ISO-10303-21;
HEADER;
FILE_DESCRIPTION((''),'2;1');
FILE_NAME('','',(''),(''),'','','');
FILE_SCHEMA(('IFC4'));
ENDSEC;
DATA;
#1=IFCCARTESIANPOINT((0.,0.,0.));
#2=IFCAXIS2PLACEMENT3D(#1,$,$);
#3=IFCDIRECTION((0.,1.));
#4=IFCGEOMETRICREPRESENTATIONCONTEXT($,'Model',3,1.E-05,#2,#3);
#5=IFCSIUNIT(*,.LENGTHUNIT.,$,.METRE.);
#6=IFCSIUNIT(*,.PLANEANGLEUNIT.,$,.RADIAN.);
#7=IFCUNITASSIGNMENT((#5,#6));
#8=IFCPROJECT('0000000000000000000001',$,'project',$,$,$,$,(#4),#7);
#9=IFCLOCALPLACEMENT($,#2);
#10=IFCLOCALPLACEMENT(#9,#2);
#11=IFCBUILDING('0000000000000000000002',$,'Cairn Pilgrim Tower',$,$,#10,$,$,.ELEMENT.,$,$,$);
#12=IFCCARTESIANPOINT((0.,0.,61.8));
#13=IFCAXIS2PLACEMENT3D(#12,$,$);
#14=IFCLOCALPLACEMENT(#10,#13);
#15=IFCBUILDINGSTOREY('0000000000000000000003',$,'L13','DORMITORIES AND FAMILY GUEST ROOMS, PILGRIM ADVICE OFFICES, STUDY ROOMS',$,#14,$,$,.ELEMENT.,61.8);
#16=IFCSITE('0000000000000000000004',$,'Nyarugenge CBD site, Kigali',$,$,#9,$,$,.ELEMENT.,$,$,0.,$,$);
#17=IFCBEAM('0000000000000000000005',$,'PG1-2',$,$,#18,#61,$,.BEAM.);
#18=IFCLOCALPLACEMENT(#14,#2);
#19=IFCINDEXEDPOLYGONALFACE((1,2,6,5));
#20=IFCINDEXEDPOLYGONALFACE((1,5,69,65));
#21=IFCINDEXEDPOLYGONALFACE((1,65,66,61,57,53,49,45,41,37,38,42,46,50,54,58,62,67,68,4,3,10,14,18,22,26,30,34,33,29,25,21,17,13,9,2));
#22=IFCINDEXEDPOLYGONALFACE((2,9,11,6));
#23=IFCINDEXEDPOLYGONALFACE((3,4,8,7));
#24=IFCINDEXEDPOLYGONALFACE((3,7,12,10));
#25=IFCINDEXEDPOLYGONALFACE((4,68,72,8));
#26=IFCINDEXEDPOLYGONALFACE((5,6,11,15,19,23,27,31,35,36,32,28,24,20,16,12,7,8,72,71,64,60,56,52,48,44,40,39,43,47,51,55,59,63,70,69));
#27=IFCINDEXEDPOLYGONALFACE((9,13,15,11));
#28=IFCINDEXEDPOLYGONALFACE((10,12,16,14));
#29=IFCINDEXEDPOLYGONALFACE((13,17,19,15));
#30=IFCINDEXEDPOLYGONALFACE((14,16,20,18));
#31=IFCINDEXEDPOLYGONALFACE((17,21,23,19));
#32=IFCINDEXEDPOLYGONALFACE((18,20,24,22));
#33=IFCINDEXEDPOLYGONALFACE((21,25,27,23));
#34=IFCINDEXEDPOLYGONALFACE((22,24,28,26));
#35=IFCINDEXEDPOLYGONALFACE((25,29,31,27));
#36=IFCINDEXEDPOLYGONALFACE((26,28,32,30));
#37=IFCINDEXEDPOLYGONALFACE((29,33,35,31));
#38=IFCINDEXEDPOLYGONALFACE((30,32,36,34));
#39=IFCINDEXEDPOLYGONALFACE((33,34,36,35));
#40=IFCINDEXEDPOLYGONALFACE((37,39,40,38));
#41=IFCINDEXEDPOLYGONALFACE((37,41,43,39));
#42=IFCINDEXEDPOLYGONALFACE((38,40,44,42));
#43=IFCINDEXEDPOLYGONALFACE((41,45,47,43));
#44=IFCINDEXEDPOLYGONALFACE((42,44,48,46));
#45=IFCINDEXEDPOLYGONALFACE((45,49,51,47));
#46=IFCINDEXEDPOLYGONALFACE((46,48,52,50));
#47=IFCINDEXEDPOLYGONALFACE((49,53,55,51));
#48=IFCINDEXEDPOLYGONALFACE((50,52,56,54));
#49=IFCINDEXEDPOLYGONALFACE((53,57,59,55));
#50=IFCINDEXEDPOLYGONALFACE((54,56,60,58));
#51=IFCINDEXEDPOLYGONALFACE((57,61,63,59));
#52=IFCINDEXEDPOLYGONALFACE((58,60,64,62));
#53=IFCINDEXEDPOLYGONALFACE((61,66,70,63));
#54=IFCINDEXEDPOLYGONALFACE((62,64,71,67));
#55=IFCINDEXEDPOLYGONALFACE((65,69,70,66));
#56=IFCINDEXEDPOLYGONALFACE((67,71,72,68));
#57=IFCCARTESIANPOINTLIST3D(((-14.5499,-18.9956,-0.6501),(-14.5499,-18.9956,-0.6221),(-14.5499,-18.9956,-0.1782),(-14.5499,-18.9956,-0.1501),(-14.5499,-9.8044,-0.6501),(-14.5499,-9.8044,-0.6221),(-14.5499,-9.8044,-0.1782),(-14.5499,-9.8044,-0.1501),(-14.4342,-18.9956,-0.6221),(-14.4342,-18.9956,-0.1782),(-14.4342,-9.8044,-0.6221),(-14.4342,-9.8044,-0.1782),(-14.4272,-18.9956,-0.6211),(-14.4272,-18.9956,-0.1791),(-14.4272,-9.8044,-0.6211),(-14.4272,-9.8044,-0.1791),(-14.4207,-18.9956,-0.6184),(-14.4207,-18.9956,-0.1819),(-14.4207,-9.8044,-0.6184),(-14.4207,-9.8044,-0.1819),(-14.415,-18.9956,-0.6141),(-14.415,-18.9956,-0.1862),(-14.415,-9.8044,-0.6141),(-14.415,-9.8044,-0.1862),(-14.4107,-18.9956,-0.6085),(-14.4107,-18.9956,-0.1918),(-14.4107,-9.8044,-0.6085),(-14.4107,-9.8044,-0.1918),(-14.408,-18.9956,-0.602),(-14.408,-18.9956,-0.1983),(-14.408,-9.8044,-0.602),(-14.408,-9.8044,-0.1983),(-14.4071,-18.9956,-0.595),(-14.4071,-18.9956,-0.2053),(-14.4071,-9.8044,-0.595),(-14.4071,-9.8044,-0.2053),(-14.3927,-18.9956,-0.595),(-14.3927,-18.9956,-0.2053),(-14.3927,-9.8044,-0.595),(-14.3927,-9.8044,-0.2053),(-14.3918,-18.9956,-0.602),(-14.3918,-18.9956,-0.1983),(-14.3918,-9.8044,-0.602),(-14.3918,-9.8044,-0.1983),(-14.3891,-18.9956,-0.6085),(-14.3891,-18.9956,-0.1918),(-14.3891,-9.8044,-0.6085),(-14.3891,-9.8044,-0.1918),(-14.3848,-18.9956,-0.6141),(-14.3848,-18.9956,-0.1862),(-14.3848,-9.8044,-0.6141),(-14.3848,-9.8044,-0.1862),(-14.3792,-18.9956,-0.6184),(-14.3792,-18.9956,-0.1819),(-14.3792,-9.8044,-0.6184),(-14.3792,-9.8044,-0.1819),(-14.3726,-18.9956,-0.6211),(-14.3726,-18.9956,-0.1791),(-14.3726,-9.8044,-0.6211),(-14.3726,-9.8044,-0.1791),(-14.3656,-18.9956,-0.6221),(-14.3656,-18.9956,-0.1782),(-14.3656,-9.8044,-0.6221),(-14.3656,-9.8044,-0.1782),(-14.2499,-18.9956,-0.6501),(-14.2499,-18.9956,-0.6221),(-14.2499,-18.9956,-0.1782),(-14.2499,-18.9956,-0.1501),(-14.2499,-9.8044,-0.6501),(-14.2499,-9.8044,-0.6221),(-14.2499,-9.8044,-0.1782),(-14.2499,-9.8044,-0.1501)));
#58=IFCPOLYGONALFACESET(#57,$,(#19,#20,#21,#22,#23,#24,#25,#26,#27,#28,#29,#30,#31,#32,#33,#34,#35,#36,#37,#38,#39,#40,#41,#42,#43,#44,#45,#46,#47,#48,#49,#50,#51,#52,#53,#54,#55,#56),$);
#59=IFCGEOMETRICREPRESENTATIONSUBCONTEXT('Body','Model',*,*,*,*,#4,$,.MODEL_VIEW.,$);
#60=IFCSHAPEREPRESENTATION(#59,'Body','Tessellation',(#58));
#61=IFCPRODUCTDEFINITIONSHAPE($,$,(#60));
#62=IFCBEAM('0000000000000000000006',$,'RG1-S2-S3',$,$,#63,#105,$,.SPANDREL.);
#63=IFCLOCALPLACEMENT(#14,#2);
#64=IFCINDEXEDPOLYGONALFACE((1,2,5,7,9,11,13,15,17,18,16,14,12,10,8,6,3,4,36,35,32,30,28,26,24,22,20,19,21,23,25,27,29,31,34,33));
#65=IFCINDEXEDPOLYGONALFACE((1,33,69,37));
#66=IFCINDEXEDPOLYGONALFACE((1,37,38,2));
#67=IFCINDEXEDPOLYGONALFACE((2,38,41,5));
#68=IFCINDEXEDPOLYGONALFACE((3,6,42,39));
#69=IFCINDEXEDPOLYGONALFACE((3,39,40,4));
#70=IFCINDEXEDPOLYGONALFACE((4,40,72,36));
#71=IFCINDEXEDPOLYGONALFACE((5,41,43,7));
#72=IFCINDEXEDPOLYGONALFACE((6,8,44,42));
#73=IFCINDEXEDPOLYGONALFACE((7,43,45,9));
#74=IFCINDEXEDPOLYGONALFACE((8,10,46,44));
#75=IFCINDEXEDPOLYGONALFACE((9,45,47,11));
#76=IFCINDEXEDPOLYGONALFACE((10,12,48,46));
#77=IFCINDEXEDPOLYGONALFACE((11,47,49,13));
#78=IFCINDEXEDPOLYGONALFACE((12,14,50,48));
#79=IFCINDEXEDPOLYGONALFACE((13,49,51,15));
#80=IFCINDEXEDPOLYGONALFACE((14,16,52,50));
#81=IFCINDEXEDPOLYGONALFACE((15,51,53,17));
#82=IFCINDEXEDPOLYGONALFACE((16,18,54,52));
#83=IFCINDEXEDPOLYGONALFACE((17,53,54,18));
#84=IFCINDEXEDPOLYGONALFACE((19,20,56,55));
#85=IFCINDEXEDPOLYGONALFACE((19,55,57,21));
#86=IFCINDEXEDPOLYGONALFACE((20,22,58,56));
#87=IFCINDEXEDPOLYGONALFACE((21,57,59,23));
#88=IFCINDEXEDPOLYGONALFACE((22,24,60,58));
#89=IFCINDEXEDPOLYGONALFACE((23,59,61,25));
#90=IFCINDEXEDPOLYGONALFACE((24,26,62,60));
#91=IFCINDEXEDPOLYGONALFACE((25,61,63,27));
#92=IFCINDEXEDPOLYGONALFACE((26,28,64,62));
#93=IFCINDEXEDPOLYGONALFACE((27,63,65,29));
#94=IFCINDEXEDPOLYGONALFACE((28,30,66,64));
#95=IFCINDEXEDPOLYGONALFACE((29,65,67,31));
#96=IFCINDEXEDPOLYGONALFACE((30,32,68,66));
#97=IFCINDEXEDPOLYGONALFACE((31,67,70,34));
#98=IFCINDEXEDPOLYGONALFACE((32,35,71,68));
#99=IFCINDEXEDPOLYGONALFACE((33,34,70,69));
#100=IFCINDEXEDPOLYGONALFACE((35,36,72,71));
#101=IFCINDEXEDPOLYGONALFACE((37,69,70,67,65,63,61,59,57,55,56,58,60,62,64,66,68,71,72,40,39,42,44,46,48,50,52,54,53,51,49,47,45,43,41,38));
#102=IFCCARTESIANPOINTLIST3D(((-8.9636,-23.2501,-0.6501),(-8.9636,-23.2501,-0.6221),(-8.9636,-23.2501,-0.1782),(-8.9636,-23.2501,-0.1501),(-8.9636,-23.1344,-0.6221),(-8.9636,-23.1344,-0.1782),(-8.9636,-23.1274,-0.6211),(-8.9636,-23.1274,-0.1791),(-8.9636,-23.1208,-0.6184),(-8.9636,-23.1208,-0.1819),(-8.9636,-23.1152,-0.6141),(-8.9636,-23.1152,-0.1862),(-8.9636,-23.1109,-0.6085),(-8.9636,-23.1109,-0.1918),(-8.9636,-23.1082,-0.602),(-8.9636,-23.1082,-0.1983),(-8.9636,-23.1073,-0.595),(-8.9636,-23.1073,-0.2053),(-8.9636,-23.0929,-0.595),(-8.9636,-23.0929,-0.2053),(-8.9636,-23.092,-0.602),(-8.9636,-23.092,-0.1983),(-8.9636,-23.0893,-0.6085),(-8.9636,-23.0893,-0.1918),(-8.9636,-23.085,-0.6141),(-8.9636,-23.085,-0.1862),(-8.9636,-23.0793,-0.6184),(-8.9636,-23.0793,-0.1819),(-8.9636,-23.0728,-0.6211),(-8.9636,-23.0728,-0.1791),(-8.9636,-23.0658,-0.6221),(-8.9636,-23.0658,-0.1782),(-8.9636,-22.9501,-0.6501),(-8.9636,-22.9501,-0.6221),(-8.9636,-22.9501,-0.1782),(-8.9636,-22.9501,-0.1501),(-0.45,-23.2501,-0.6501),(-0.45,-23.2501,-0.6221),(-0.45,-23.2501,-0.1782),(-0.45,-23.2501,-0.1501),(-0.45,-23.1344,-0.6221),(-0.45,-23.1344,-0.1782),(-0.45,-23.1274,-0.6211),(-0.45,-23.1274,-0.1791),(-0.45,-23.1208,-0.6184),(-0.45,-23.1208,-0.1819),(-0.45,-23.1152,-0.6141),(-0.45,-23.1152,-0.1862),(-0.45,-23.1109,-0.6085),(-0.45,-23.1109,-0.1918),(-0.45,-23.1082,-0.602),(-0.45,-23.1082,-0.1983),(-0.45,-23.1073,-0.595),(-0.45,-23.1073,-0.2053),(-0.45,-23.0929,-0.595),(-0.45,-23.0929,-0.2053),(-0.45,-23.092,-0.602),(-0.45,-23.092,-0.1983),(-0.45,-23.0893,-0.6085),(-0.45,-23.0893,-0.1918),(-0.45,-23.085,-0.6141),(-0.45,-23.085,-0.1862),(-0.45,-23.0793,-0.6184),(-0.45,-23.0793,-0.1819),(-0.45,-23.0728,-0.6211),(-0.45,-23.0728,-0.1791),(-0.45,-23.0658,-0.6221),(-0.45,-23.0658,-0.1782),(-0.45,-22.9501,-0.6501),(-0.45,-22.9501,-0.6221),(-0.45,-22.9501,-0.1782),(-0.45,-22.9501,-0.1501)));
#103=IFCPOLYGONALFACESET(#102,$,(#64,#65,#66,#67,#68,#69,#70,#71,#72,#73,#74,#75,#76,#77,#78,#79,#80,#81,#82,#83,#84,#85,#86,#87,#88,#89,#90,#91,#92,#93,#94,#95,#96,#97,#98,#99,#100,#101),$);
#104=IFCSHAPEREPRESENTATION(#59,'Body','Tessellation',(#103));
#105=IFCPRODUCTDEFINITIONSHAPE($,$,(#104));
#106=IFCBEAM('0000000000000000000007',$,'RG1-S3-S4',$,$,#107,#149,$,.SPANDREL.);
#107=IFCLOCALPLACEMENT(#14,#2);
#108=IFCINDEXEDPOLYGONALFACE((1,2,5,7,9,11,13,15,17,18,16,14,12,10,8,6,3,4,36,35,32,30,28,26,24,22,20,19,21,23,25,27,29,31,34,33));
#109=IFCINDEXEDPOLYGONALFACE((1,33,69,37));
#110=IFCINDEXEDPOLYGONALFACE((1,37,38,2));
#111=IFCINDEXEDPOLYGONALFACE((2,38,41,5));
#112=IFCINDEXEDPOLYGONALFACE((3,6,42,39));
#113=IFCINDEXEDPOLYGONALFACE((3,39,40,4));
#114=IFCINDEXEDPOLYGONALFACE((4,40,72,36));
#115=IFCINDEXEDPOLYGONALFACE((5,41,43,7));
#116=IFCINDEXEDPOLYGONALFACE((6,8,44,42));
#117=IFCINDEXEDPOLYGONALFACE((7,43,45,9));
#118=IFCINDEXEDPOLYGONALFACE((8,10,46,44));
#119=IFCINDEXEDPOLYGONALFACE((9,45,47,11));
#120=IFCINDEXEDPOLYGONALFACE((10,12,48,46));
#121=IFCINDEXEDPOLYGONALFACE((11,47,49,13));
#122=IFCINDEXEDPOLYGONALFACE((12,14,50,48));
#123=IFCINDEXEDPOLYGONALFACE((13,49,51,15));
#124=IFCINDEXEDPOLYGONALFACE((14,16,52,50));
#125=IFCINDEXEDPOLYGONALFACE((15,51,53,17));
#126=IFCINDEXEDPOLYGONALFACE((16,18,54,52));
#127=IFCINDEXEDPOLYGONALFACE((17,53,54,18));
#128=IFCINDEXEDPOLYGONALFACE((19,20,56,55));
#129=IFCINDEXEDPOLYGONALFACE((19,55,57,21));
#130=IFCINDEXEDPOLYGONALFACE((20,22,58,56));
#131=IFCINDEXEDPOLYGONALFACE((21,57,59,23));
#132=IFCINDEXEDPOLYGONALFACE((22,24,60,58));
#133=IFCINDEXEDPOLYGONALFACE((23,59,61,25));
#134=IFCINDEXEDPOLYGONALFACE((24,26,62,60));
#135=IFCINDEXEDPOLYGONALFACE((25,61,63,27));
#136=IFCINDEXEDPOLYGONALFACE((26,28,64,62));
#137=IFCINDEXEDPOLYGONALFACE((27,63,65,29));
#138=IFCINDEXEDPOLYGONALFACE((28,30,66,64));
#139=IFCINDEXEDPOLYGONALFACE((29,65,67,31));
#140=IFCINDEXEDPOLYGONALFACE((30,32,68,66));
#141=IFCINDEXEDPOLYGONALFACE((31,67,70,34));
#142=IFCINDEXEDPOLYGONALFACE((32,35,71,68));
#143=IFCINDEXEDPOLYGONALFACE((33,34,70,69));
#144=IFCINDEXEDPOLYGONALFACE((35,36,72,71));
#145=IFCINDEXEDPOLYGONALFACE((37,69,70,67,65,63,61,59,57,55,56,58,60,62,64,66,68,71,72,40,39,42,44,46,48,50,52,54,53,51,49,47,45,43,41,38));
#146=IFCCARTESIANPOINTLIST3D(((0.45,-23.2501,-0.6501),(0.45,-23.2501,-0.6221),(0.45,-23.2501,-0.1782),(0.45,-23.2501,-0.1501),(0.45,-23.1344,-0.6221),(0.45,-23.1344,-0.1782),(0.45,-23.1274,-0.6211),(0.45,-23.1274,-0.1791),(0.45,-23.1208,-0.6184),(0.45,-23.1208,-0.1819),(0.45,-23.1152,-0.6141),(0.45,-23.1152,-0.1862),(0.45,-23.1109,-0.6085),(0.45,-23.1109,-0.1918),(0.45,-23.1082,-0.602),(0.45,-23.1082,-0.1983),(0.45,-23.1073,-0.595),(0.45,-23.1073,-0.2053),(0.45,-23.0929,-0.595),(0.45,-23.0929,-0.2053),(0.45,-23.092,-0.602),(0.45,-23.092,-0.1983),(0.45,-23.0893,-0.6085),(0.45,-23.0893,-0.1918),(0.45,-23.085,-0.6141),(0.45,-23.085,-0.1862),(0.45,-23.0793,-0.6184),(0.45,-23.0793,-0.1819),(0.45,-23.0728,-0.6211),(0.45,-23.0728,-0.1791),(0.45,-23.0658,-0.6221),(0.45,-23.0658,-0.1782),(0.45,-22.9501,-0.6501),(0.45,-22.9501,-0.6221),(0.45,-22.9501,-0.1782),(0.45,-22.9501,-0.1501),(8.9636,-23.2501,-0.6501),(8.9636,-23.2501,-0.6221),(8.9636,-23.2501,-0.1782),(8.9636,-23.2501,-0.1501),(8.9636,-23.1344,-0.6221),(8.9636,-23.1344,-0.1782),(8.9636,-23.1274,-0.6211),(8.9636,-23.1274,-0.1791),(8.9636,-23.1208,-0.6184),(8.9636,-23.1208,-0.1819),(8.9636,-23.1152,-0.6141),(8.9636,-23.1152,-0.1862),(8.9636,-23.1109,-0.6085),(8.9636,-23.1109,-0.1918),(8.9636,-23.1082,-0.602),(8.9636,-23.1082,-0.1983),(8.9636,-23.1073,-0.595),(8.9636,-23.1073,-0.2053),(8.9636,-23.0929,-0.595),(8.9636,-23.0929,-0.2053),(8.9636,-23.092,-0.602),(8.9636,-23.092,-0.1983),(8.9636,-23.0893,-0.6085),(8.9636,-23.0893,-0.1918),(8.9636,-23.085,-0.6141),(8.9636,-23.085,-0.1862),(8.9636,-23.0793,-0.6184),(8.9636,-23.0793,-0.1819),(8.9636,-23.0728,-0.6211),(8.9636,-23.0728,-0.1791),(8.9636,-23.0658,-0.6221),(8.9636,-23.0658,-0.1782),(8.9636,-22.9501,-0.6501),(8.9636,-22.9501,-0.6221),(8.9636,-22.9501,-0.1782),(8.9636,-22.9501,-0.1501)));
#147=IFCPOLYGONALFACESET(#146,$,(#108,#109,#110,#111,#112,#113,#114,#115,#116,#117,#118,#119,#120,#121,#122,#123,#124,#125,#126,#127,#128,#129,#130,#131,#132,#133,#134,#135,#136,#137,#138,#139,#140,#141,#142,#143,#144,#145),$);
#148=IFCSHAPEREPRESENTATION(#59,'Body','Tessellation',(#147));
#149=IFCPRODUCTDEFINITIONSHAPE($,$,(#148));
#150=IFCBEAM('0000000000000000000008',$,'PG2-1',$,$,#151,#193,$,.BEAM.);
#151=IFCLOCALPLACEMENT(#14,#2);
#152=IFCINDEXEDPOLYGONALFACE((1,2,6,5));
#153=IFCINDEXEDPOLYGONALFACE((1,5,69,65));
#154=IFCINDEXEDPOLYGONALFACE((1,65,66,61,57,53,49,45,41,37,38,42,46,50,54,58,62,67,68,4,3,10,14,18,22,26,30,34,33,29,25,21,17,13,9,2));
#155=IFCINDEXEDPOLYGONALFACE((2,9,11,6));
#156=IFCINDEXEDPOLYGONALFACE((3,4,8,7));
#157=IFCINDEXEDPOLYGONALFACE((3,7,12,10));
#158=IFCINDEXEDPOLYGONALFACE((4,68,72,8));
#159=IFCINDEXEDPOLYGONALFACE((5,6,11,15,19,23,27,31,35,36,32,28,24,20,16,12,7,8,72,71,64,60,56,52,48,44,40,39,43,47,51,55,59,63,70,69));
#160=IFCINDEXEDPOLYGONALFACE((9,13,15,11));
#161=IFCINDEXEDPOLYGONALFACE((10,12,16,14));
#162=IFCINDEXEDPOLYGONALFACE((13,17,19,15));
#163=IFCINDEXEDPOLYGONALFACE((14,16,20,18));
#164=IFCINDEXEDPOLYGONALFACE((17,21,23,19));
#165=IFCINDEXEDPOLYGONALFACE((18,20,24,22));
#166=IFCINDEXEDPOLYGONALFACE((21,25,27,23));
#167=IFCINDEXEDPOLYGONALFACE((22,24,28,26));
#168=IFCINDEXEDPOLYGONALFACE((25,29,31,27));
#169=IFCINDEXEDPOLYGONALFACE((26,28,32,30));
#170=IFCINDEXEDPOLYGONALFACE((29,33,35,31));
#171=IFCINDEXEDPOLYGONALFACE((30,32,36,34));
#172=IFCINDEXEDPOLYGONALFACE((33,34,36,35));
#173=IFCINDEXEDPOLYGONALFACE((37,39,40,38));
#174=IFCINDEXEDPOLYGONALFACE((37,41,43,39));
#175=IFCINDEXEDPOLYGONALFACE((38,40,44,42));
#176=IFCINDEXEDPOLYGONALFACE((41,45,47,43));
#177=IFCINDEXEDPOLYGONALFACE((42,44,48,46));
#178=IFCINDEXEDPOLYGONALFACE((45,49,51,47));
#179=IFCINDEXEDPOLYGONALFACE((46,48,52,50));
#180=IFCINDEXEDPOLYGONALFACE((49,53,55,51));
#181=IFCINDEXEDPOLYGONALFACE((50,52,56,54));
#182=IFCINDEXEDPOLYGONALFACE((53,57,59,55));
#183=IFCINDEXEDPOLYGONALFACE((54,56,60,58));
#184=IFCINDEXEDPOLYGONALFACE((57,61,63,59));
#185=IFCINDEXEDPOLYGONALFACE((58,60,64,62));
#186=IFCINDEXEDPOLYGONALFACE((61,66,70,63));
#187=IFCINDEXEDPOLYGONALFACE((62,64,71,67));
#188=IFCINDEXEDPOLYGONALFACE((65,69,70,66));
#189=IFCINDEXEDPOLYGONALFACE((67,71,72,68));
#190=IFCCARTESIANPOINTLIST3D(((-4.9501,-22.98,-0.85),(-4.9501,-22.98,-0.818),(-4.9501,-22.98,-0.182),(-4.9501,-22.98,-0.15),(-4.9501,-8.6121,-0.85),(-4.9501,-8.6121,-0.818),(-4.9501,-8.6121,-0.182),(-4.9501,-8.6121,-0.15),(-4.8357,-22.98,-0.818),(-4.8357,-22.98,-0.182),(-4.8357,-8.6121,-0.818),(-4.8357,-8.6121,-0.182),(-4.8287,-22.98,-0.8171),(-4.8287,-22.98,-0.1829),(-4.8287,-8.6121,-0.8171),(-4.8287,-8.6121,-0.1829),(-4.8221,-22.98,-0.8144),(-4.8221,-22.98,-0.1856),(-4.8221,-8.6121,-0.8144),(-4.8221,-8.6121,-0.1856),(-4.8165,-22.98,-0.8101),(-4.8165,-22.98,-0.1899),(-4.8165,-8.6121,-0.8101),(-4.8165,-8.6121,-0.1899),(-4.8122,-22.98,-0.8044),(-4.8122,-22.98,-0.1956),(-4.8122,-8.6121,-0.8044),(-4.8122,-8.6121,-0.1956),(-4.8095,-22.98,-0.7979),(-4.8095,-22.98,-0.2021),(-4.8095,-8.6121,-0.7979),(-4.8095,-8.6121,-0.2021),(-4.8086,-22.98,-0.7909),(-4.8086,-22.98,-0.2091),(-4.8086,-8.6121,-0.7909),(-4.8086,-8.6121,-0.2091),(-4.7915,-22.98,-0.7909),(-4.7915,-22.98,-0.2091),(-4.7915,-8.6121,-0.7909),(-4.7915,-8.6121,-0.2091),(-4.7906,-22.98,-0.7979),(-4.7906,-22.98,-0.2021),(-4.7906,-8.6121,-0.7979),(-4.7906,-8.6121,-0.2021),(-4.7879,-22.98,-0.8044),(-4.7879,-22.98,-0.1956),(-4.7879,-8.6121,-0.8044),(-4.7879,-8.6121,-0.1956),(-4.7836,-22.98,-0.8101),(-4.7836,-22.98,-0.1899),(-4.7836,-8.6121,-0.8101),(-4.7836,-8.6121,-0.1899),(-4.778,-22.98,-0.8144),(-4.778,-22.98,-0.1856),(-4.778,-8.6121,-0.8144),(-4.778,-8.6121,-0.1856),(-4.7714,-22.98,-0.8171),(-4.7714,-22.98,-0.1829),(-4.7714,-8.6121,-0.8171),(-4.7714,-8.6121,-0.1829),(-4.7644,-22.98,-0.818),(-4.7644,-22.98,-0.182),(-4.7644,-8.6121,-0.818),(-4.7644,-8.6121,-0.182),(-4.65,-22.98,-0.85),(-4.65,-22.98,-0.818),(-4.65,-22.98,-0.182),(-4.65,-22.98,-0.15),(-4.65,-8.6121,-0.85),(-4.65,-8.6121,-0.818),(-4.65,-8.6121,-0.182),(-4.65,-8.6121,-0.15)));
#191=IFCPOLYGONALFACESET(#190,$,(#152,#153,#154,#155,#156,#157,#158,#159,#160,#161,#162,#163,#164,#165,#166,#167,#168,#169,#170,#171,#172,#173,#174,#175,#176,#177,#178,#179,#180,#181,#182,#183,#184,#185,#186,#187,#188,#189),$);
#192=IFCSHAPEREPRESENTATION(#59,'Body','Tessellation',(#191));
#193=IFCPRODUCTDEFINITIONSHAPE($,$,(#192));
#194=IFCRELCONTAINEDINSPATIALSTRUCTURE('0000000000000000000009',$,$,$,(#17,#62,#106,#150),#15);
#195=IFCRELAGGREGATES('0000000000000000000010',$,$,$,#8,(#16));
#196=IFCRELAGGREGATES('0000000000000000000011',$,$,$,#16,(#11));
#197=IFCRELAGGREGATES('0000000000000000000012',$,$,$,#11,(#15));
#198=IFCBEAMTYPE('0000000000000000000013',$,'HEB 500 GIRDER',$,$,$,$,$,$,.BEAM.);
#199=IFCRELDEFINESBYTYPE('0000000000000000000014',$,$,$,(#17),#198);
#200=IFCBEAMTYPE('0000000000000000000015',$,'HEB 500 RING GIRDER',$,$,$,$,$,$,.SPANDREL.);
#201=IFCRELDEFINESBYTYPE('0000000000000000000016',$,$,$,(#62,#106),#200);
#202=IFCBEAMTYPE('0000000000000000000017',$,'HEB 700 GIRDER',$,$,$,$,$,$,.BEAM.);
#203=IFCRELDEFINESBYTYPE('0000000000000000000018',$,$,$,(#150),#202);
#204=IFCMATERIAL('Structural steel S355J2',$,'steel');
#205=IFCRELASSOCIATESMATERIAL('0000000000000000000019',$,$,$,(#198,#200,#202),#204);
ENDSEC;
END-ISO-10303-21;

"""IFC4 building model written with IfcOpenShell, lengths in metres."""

from ifc_helpers import new_model, si_unit, direction, frame, origin, origin_2d, place, context, subcontext, project, spatial, i_section, extrude, material, material_profile, profile_set, type_object, element, save


model = new_model("IFC4")

# Units and contexts
model_context = context("Model", 3, precision=1e-05, world=origin(), true_north=direction((0.0, 1.0)))
body_context = subcontext(model_context, "Body", "Model", "MODEL_VIEW")
ifc_project = project(units=[si_unit("LENGTHUNIT", "METRE"), si_unit("PLANEANGLEUNIT", "RADIAN")], contexts=[model_context])

# Site, building, storey
site_placement = place(None, origin())
site = spatial("IfcSite", under=ifc_project, at=site_placement, Name="Nyarugenge CBD site, Kigali", CompositionType="ELEMENT", RefElevation=0.0)
building_placement = place(site_placement, origin())
building = spatial("IfcBuilding", under=site, at=building_placement, Name="Cairn Pilgrim Tower", CompositionType="ELEMENT")
storey_placement = place(building_placement, frame((0.0, 0.0, 61.8)))
storey = spatial("IfcBuildingStorey", under=building, at=storey_placement, Name="L13", Description="DORMITORIES AND FAMILY GUEST ROOMS, PILGRIM ADVICE OFFICES, STUDY ROOMS", CompositionType="ELEMENT", Elevation=61.8)

# Beams
ifc_material_1 = material(Name="Structural steel S355J2", Category="steel")
ifc_material_profile_1 = material_profile(ifc_material_1, i_section(OverallWidth=0.3, OverallDepth=0.5, WebThickness=0.0144, FlangeThickness=0.0281, FilletRadius=0.0271, at=origin_2d()), Name="HEB 500")
ifc_profile_set_1 = profile_set([ifc_material_profile_1], Name="Structural steel S355J2")
beam_type_1 = type_object("IfcBeamType", Name="HEB 500 GIRDER", PredefinedType="BEAM", material=ifc_profile_set_1)
beam_1_placement = place(storey_placement, frame((-14.3999, -18.9956, -0.4001), z_axis=(0.0, 1.0, 0.0), x_axis=(-1.0, 0.0, 0.0)))
element("IfcBeam", 1, at=beam_1_placement, inside=storey, type_object=beam_type_1, Name="PG1-2", PredefinedType="BEAM", context=body_context, shape_type="SweptSolid", body=[
    extrude(i_section(OverallWidth=0.3, OverallDepth=0.5, WebThickness=0.0144, FlangeThickness=0.0281, FilletRadius=0.0271, at=origin_2d()), origin(), (0.0, 0.0, 1.0), 9.1912),
])
ifc_material_profile_2 = material_profile(ifc_material_1, i_section(OverallWidth=0.3, OverallDepth=0.5, WebThickness=0.0144, FlangeThickness=0.0281, FilletRadius=0.0271, at=origin_2d()), Name="HEB 500")
ifc_profile_set_2 = profile_set([ifc_material_profile_2], Name="Structural steel S355J2")
beam_type_2 = type_object("IfcBeamType", Name="HEB 500 RING GIRDER", PredefinedType="SPANDREL", material=ifc_profile_set_2)
for number, where, z_axis, x_axis, name in (
    (2, (-8.9636, -23.1001, -0.4001), (1.0, 0.0, 0.0), (0.0, 1.0, 0.0), "RG1-S2-S3"),
    (3, (0.45, -23.1001, -0.4001), (1.0, 0.0, 0.0), (0.0, 1.0, 0.0), "RG1-S3-S4"),
):
    element("IfcBeam", number, at=place(storey_placement, frame(where, z_axis=z_axis, x_axis=x_axis)), inside=storey, type_object=beam_type_2, Name=name, PredefinedType="SPANDREL", context=body_context, shape_type="SweptSolid", body=[
        extrude(i_section(OverallWidth=0.3, OverallDepth=0.5, WebThickness=0.0144, FlangeThickness=0.0281, FilletRadius=0.0271, at=origin_2d()), origin(), (0.0, 0.0, 1.0), 8.5137),
    ])
ifc_material_profile_3 = material_profile(ifc_material_1, i_section(OverallWidth=0.3, OverallDepth=0.7, WebThickness=0.0171, FlangeThickness=0.032, FilletRadius=0.0271, at=origin_2d()), Name="HEB 700")
ifc_profile_set_3 = profile_set([ifc_material_profile_3], Name="Structural steel S355J2")
beam_type_3 = type_object("IfcBeamType", Name="HEB 700 GIRDER", PredefinedType="BEAM", material=ifc_profile_set_3)
beam_2_placement = place(storey_placement, frame((-4.8, -22.98, -0.5), z_axis=(0.0, 1.0, 0.0), x_axis=(-1.0, 0.0, 0.0)))
element("IfcBeam", 4, at=beam_2_placement, inside=storey, type_object=beam_type_3, Name="PG2-1", PredefinedType="BEAM", context=body_context, shape_type="SweptSolid", body=[
    extrude(i_section(OverallWidth=0.3, OverallDepth=0.7, WebThickness=0.0171, FlangeThickness=0.032, FilletRadius=0.0271, at=origin_2d()), origin(), (0.0, 0.0, 1.0), 14.3679),
])

save(model, "model.ifc")
